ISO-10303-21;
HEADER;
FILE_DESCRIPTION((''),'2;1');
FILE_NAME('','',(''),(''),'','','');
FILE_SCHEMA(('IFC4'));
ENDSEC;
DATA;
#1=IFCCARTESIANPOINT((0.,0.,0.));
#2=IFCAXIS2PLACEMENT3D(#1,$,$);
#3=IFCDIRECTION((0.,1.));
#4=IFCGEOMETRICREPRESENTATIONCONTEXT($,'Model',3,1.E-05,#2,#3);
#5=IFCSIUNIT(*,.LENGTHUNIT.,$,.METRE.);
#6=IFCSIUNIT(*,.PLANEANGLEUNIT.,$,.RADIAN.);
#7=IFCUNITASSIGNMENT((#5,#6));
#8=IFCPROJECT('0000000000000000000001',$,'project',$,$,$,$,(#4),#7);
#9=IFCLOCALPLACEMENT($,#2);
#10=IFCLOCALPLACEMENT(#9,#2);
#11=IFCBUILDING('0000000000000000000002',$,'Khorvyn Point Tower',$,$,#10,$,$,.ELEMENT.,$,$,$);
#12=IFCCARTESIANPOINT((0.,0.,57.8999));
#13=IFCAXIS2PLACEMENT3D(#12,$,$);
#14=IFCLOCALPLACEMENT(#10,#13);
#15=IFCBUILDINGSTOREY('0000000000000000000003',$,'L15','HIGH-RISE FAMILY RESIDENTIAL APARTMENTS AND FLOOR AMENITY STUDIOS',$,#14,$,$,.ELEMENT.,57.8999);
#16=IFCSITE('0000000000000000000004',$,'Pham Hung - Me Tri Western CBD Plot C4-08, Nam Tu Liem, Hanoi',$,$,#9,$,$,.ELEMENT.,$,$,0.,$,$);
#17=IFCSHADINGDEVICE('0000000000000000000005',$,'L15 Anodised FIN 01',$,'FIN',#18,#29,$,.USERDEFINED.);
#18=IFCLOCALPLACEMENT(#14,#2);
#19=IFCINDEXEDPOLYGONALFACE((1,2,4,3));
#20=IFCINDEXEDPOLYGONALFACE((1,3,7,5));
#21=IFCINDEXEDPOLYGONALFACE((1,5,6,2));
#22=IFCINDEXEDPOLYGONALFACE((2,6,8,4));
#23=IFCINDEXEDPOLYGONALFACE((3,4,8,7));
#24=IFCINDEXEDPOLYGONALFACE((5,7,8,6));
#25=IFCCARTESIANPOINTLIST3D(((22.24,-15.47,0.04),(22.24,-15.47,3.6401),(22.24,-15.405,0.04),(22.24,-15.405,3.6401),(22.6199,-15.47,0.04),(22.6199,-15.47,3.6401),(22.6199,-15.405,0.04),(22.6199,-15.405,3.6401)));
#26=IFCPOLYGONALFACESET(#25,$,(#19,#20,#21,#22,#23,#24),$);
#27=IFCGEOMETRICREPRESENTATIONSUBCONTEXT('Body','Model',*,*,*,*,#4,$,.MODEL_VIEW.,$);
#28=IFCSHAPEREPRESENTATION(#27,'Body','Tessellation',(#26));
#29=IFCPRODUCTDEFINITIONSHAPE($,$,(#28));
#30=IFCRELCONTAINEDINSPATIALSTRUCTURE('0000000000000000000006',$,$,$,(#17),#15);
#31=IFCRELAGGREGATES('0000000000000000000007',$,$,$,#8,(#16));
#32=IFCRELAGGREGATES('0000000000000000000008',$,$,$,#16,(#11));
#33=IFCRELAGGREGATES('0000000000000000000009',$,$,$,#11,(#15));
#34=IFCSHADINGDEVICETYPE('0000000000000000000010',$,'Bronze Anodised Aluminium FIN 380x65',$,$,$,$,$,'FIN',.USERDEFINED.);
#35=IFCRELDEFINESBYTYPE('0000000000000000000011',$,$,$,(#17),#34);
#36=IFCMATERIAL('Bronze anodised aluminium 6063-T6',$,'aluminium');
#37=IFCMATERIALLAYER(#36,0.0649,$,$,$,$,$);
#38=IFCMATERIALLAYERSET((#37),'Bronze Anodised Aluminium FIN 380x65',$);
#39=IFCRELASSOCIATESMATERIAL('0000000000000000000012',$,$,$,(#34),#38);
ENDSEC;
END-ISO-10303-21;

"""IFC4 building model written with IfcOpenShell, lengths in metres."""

from ifc_helpers import new_model, si_unit, direction, frame, origin, origin_2d, place, context, subcontext, project, spatial, rectangle, extrude, material, layer, layer_set, type_object, element, save


model = new_model("IFC4")

# Units and contexts
model_context = context("Model", 3, precision=1e-05, world=origin(), true_north=direction((0.0, 1.0)))
body_context = subcontext(model_context, "Body", "Model", "MODEL_VIEW")
ifc_project = project(units=[si_unit("LENGTHUNIT", "METRE"), si_unit("PLANEANGLEUNIT", "RADIAN")], contexts=[model_context])

# Site, building, storey
site_placement = place(None, origin())
site = spatial("IfcSite", under=ifc_project, at=site_placement, Name="Pham Hung - Me Tri Western CBD Plot C4-08, Nam Tu Liem, Hanoi", CompositionType="ELEMENT", RefElevation=0.0)
building_placement = place(site_placement, origin())
building = spatial("IfcBuilding", under=site, at=building_placement, Name="Khorvyn Point Tower", CompositionType="ELEMENT")
storey_placement = place(building_placement, frame((0.0, 0.0, 57.8999)))
storey = spatial("IfcBuildingStorey", under=building, at=storey_placement, Name="L15", Description="HIGH-RISE FAMILY RESIDENTIAL APARTMENTS AND FLOOR AMENITY STUDIOS", CompositionType="ELEMENT", Elevation=57.8999)

# Shading device
ifc_material_1 = material(Name="Bronze anodised aluminium 6063-T6", Category="aluminium")
ifc_layer_1 = layer(ifc_material_1, 0.0649)
ifc_layer_set_1 = layer_set([ifc_layer_1], Name="Bronze Anodised Aluminium FIN 380x65")
shading_device_type = type_object("IfcShadingDeviceType", Name="Bronze Anodised Aluminium FIN 380x65", ElementType="FIN", PredefinedType="USERDEFINED", material=ifc_layer_set_1)
shading_device_placement = place(storey_placement, frame((22.4299, -15.4375, 0.04), z_axis=(0.0, 0.0, 1.0), x_axis=(1.0, 0.0, 0.0)))
element("IfcShadingDevice", 1, at=shading_device_placement, inside=storey, type_object=shading_device_type, Name="L15 Anodised FIN 01", ObjectType="FIN", PredefinedType="USERDEFINED", context=body_context, shape_type="SweptSolid", body=[
    extrude(rectangle(XDim=0.3799, YDim=0.0649, at=origin_2d()), origin(), (0.0, 0.0, 1.0), 3.6001),
])

save(model, "model.ifc")
